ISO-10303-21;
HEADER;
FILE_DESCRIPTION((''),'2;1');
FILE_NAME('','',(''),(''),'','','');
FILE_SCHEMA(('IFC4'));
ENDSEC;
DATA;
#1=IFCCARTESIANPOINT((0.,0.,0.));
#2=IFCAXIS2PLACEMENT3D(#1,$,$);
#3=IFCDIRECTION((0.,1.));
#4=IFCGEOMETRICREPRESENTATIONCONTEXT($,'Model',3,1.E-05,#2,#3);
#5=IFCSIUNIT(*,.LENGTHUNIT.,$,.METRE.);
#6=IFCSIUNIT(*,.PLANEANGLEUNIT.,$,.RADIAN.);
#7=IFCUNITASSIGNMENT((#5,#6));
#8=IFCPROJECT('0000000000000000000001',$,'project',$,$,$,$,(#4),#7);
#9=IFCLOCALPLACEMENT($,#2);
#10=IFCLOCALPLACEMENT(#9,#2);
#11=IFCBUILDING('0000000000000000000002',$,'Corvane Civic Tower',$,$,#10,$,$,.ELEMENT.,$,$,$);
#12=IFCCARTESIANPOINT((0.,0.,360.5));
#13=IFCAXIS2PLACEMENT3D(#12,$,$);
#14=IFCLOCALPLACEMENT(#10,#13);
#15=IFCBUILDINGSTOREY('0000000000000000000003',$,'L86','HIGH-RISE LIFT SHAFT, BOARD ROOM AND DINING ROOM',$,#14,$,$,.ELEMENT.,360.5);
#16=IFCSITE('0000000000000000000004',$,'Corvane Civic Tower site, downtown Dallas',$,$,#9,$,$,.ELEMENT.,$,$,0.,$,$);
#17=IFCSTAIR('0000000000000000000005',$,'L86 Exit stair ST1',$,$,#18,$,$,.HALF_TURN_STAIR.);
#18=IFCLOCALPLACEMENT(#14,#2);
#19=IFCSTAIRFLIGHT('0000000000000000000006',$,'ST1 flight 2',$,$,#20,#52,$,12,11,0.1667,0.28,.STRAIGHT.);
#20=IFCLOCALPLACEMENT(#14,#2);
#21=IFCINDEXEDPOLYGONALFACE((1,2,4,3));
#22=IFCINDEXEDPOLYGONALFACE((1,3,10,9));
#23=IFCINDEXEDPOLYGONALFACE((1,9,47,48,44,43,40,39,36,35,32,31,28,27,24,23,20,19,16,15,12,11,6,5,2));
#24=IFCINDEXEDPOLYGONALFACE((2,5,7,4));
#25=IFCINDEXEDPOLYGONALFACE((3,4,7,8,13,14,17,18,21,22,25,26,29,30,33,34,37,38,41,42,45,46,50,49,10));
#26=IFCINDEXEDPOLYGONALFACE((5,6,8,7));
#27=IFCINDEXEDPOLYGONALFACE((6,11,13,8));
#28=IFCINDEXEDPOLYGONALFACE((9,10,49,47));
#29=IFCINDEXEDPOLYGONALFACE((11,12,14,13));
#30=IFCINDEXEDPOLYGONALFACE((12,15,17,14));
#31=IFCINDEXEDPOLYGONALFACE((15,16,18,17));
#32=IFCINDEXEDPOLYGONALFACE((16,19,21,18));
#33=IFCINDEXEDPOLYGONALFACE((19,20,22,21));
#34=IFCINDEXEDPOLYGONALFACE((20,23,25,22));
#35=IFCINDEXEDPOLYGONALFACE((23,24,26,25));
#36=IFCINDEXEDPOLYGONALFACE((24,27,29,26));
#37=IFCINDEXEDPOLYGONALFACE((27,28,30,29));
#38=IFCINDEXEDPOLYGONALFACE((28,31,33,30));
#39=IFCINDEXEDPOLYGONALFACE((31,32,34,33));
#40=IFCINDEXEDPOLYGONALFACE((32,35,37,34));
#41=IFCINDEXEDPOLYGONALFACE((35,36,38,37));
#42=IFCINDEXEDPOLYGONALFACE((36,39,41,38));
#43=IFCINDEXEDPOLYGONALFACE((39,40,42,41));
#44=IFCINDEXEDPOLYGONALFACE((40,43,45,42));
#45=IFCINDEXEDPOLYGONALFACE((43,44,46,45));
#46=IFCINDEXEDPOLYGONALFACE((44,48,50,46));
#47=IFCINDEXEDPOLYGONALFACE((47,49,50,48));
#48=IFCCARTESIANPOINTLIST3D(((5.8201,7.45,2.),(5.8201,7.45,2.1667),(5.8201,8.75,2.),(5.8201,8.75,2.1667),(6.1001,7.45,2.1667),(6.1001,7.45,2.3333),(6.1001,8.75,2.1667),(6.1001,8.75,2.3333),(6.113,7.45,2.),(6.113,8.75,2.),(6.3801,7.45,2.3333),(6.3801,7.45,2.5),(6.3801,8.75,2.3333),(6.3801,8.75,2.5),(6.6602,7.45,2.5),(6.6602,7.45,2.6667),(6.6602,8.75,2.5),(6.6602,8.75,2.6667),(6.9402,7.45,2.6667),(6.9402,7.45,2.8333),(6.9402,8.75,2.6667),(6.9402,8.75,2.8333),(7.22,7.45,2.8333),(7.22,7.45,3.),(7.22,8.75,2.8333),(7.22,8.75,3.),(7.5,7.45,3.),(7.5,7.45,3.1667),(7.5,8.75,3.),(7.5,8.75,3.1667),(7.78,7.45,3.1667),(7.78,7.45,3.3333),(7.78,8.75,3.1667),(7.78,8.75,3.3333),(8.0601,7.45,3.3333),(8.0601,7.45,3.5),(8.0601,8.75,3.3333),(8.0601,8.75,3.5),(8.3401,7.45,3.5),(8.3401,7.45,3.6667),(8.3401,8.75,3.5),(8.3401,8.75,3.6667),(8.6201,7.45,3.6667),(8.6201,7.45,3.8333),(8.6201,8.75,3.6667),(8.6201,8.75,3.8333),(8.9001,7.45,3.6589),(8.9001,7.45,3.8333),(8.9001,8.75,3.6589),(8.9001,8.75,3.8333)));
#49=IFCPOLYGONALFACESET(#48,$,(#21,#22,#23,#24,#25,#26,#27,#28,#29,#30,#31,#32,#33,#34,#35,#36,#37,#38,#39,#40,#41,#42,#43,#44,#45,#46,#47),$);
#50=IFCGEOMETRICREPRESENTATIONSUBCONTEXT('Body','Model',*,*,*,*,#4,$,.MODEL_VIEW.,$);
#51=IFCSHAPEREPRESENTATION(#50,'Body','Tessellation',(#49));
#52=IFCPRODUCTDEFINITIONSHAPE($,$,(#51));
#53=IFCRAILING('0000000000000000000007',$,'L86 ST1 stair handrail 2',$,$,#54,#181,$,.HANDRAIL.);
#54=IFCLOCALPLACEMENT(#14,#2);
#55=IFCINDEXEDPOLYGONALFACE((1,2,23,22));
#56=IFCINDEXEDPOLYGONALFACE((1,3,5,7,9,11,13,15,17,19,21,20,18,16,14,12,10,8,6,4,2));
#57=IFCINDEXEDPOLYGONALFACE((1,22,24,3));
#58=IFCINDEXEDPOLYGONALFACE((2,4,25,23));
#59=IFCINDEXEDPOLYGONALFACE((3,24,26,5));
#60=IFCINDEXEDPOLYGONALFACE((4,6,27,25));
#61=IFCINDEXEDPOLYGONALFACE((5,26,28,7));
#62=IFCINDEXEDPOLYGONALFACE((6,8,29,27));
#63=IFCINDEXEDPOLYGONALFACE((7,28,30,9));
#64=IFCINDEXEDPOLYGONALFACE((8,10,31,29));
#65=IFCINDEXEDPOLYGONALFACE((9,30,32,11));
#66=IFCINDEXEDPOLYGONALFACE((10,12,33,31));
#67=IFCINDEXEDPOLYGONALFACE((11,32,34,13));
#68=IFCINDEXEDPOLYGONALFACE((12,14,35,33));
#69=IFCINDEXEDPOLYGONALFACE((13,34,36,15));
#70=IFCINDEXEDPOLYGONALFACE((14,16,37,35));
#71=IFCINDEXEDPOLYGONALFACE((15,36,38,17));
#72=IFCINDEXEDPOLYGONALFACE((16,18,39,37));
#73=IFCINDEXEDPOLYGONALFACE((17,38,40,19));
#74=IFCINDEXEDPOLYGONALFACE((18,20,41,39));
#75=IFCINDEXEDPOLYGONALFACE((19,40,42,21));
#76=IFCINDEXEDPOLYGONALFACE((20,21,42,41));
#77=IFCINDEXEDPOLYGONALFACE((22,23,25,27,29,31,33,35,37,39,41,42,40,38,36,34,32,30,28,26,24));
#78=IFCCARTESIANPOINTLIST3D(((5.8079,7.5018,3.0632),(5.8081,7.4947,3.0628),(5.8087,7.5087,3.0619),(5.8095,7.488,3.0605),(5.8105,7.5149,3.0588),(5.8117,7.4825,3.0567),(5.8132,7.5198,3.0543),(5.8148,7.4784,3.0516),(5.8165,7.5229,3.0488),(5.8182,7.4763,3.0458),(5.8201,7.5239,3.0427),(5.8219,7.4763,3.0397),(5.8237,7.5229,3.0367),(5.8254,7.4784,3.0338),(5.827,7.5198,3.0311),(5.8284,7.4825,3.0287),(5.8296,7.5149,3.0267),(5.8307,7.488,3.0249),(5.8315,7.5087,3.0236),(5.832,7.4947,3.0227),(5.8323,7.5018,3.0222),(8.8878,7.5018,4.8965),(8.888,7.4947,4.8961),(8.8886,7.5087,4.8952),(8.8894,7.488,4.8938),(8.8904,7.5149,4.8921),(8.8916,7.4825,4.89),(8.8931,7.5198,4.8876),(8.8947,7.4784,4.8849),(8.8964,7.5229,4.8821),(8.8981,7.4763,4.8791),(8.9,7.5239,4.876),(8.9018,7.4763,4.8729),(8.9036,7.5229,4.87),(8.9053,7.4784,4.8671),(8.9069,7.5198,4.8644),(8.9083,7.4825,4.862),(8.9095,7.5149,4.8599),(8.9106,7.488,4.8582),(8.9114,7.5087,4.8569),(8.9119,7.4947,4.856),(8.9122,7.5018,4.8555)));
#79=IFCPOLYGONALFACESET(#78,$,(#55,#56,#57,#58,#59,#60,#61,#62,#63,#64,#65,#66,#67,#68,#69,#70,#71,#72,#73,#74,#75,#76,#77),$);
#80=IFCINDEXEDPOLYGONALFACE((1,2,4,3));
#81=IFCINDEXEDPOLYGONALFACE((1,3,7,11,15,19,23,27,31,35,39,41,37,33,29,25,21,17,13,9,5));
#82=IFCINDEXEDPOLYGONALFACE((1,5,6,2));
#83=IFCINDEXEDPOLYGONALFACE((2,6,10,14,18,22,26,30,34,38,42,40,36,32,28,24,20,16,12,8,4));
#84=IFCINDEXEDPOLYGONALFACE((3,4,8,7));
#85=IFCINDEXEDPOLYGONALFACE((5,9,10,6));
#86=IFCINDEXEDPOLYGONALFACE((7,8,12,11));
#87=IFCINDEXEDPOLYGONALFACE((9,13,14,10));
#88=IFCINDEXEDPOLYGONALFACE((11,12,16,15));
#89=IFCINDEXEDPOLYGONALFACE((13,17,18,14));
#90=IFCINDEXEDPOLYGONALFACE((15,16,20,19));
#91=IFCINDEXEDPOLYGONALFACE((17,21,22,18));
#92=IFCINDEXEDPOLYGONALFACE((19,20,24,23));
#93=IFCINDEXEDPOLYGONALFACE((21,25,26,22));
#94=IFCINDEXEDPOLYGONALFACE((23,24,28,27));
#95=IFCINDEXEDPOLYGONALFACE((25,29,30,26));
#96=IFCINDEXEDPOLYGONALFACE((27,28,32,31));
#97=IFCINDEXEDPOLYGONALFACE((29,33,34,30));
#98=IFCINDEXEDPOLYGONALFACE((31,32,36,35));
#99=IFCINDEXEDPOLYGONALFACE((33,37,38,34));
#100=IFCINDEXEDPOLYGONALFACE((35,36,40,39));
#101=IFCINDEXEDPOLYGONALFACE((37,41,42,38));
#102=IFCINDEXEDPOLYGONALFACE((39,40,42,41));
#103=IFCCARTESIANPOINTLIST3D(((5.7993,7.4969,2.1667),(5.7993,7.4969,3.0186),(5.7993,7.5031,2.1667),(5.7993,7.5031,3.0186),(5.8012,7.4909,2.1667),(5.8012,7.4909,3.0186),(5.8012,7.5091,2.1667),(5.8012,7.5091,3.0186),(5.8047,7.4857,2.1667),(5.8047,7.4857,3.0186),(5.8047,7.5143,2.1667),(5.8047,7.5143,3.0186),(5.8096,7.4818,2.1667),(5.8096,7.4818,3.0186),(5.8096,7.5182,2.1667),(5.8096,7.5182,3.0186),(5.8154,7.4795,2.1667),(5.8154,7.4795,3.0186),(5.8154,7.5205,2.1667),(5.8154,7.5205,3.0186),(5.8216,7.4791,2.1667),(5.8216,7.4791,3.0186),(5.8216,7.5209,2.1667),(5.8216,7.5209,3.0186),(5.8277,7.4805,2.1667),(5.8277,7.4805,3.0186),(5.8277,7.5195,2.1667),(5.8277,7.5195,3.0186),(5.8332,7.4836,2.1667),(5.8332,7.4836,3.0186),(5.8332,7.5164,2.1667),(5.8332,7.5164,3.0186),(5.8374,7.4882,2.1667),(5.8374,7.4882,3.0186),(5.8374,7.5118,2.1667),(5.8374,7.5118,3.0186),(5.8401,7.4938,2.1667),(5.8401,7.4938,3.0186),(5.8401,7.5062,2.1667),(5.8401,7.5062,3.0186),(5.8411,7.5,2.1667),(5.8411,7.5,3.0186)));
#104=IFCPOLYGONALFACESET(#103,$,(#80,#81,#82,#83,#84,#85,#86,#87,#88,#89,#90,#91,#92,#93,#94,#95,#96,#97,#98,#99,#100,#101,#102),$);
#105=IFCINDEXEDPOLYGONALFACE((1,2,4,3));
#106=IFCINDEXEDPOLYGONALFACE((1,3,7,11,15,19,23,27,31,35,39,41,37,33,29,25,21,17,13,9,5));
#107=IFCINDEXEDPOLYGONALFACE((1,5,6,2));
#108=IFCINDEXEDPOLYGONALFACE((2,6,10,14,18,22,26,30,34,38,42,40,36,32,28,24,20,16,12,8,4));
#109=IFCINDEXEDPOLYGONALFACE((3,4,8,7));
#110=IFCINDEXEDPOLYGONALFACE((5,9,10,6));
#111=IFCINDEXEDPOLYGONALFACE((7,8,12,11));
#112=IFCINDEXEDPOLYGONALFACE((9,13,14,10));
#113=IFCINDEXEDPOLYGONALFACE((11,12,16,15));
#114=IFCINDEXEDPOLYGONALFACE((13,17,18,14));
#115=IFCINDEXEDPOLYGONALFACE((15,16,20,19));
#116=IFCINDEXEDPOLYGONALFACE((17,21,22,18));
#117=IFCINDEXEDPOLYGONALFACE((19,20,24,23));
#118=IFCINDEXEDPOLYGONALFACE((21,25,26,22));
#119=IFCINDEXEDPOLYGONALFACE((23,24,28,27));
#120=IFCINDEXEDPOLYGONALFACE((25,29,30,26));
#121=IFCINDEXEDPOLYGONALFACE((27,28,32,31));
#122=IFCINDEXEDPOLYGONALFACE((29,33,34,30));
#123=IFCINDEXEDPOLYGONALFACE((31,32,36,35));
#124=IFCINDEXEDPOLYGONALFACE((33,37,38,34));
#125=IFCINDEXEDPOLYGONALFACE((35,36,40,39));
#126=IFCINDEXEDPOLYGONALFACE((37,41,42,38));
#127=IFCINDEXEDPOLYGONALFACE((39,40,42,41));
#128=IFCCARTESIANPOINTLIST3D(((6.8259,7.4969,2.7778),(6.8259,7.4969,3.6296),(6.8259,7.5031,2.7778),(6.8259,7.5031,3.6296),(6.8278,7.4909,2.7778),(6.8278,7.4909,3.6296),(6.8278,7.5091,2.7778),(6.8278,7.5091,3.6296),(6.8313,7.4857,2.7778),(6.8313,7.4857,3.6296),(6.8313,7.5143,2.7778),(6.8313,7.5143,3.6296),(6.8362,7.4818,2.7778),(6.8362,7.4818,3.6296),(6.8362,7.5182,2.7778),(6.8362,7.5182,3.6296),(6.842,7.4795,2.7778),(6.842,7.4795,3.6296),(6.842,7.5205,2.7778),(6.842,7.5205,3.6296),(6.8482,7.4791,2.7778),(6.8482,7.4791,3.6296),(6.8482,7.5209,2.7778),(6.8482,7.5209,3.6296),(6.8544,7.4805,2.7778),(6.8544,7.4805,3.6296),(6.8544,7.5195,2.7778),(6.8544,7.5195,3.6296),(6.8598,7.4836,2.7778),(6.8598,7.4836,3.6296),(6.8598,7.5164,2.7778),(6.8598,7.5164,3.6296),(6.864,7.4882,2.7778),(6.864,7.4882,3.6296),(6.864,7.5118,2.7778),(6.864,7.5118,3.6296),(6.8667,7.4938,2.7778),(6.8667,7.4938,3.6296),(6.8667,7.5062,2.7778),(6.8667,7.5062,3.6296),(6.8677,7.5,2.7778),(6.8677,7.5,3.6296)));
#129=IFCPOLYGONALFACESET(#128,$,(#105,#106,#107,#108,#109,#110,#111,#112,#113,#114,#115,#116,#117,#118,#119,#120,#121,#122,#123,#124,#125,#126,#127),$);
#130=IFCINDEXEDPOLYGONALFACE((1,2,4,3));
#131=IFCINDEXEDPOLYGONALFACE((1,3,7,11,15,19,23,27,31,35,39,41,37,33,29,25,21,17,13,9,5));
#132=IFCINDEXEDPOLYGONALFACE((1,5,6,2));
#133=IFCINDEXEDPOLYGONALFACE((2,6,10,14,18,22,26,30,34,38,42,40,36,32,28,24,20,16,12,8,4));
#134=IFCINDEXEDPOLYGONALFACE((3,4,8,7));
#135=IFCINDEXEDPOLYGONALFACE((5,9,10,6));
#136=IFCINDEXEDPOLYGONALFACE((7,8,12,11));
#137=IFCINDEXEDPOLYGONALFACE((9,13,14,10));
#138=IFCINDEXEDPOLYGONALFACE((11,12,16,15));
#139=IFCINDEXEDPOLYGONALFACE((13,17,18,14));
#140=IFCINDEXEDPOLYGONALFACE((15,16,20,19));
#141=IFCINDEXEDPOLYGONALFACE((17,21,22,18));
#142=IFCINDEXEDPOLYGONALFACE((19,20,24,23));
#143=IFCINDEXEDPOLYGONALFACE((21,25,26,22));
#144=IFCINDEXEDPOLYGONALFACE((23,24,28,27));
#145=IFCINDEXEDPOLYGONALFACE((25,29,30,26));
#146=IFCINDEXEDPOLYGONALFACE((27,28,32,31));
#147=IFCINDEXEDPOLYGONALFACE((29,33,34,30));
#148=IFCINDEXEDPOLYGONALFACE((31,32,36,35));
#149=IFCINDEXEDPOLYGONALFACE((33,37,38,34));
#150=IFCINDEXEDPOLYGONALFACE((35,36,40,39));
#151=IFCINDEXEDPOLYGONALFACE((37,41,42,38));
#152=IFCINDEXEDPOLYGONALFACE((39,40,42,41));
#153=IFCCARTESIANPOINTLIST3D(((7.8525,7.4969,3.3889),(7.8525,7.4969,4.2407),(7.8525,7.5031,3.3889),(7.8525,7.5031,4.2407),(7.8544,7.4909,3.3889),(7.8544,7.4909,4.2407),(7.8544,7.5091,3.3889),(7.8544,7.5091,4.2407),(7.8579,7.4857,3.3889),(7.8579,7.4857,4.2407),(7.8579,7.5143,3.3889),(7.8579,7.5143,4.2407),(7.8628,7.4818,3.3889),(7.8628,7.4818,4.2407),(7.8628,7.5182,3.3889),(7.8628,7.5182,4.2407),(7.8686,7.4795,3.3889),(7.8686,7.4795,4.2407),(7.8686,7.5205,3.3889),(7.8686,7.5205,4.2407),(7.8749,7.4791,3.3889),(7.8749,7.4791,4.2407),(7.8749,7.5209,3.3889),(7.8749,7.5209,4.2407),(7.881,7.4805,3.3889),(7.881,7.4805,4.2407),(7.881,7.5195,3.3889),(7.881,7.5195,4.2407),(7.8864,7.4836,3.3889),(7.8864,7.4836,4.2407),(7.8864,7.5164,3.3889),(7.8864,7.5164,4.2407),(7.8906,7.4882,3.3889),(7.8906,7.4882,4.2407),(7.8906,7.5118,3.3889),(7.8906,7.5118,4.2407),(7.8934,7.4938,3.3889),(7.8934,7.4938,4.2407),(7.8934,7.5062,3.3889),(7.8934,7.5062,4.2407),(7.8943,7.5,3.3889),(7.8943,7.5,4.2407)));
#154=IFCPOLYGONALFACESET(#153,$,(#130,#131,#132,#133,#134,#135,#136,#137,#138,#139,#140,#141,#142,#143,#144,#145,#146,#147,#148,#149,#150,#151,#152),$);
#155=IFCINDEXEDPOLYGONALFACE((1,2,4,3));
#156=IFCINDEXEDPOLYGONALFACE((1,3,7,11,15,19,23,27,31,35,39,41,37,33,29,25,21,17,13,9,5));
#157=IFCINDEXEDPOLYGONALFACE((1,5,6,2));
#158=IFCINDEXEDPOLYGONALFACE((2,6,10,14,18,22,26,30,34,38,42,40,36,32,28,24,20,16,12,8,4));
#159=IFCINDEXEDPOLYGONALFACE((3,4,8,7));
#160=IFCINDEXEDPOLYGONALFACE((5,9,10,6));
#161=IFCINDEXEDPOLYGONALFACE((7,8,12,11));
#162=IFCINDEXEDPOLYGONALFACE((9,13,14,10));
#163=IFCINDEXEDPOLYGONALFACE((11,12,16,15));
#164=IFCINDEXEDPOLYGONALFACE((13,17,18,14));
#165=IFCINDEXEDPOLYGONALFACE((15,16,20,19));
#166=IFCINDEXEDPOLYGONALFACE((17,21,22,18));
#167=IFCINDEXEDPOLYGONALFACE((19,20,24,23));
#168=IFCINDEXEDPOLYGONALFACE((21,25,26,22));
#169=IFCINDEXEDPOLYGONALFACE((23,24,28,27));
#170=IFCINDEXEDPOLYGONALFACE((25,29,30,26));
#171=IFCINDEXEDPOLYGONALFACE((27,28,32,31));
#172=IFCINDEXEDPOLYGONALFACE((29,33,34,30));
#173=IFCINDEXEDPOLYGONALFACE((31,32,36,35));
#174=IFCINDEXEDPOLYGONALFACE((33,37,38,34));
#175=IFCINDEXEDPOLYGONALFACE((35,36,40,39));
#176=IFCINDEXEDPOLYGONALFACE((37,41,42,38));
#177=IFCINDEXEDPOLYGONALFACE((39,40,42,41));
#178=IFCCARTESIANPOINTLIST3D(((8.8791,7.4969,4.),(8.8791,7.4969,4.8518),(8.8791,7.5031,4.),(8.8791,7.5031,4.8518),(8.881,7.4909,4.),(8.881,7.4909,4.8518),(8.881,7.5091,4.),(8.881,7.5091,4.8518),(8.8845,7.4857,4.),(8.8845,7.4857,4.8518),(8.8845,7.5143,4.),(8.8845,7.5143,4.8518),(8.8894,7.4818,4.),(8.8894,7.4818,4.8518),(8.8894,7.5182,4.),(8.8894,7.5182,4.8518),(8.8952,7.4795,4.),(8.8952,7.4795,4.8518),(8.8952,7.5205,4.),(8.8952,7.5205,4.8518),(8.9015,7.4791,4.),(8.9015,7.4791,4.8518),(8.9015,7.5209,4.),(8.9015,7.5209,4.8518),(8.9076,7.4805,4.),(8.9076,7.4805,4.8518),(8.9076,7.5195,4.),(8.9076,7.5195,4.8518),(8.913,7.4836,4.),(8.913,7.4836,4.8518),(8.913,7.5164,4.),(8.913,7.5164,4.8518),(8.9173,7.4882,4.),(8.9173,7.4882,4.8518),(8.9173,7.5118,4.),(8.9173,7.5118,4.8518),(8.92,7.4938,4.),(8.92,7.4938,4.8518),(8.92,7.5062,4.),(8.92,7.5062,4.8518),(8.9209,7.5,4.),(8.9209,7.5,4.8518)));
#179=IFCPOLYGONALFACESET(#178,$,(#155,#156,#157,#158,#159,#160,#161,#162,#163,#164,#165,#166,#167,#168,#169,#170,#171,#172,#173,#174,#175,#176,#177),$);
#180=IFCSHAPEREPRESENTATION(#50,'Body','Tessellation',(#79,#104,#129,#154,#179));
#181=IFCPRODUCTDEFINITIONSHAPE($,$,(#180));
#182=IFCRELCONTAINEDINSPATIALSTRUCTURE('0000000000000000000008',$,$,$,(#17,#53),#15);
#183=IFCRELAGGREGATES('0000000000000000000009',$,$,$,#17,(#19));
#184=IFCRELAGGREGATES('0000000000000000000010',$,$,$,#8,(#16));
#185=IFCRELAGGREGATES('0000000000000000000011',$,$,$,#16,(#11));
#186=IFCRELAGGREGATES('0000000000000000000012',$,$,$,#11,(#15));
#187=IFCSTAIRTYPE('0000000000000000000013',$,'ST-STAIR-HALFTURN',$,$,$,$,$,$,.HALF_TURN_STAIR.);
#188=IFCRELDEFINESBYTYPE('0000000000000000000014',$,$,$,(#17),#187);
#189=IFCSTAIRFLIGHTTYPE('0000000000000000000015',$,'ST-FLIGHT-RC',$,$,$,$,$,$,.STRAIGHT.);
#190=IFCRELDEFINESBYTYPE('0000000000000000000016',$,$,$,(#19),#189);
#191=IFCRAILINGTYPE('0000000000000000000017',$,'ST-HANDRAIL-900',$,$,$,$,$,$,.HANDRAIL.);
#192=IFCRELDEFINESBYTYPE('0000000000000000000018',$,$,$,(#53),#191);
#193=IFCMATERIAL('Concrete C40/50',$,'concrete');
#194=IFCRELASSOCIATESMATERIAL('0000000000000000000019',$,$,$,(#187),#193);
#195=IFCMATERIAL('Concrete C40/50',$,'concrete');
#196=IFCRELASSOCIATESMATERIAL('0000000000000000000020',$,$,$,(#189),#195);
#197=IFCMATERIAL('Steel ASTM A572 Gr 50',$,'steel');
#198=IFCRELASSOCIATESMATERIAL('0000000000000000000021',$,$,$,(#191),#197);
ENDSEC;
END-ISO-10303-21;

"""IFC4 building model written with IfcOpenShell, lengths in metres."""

from ifc_helpers import new_model, si_unit, direction, frame, origin, origin_2d, place, context, subcontext, project, spatial, polyline, circle, outline, extrude, material, type_object, element, aggregate, save


model = new_model("IFC4")

# Units and contexts
model_context = context("Model", 3, precision=1e-05, world=origin(), true_north=direction((0.0, 1.0)))
body_context = subcontext(model_context, "Body", "Model", "MODEL_VIEW")
ifc_project = project(units=[si_unit("LENGTHUNIT", "METRE"), si_unit("PLANEANGLEUNIT", "RADIAN")], contexts=[model_context])

# Site, building, storey
site_placement = place(None, origin())
site = spatial("IfcSite", under=ifc_project, at=site_placement, Name="Corvane Civic Tower site, downtown Dallas", CompositionType="ELEMENT", RefElevation=0.0)
building_placement = place(site_placement, origin())
building = spatial("IfcBuilding", under=site, at=building_placement, Name="Corvane Civic Tower", CompositionType="ELEMENT")
storey_placement = place(building_placement, frame((0.0, 0.0, 360.5)))
storey = spatial("IfcBuildingStorey", under=building, at=storey_placement, Name="L86", Description="HIGH-RISE LIFT SHAFT, BOARD ROOM AND DINING ROOM", CompositionType="ELEMENT", Elevation=360.5)

# Stair, stair flight
ifc_material_1 = material(Name="Concrete C40/50", Category="concrete")
stair_type = type_object("IfcStairType", Name="ST-STAIR-HALFTURN", PredefinedType="HALF_TURN_STAIR", material=ifc_material_1)
stair_placement = place(storey_placement, origin())
stair = element("IfcStair", 1, at=stair_placement, inside=storey, type_object=stair_type, Name="L86 Exit stair ST1", PredefinedType="HALF_TURN_STAIR")
ifc_material_2 = material(Name="Concrete C40/50", Category="concrete")
stair_flight_type = type_object("IfcStairFlightType", Name="ST-FLIGHT-RC", PredefinedType="STRAIGHT", material=ifc_material_2)
stair_flight_1_placement = place(storey_placement, frame((5.8201, 8.1001, 2.0), z_axis=(0.0, 0.0, 1.0), x_axis=(1.0, 0.0, 0.0)))
stair_flight_1 = element("IfcStairFlight", 2, at=stair_flight_1_placement, type_object=stair_flight_type, Name="ST1 flight 2", NumberOfRisers=12, NumberOfTreads=11, PredefinedType="STRAIGHT", RiserHeight=0.1667, TreadLength=0.28, context=body_context, shape_type="SweptSolid", body=[
    extrude(outline(polyline([(0.0, 0.0), (0.0, 0.1667), (0.28, 0.1667), (0.28, 0.3333), (0.5601, 0.3333), (0.5601, 0.5), (0.8401, 0.5), (0.8401, 0.6667), (1.1201, 0.6667), (1.1201, 0.8333), (1.3999, 0.8333), (1.3999, 1.0), (1.6799, 1.0), (1.6799, 1.1667), (1.96, 1.1667), (1.96, 1.3333), (2.24, 1.3333), (2.24, 1.5), (2.52, 1.5), (2.52, 1.6667), (2.8, 1.6667), (2.8, 1.8333), (3.0801, 1.8333), (3.0801, 2.0), (3.0801, 1.6589), (0.293, 0.0), (0.0, 0.0)])), frame((0.0, 0.6499, 0.0), z_axis=(0.0, -1.0, 0.0), x_axis=(1.0, 0.0, 0.0)), (0.0, 0.0, 1.0), 1.3),
])
aggregate(stair, [stair_flight_1])

# Railing
ifc_material_3 = material(Name="Steel ASTM A572 Gr 50", Category="steel")
railing_type_1 = type_object("IfcRailingType", Name="ST-HANDRAIL-900", PredefinedType="HANDRAIL", material=ifc_material_3)
railing_1_placement = place(storey_placement, frame((5.8201, 7.5, 2.1667)))
element("IfcRailing", 3, at=railing_1_placement, inside=storey, type_object=railing_type_1, Name="L86 ST1 stair handrail 2", PredefinedType="HANDRAIL", context=body_context, shape_type="SweptSolid", body=[
    extrude(circle(Radius=0.0239, at=origin_2d()), frame((0.0, 0.0, 0.876), z_axis=(0.859291, 0.0, 0.511487), x_axis=(0.0, 1.0, 0.0)), (0.0, 0.0, 1.0), 3.5842),
    extrude(circle(Radius=0.021, at=origin_2d()), origin(), (0.0, 0.0, 1.0), 0.8518),
    extrude(circle(Radius=0.021, at=origin_2d()), frame((1.0266, 0.0, 0.6111)), (0.0, 0.0, 1.0), 0.8518),
    extrude(circle(Radius=0.021, at=origin_2d()), frame((2.0532, 0.0, 1.2222)), (0.0, 0.0, 1.0), 0.8518),
    extrude(circle(Radius=0.021, at=origin_2d()), frame((3.0798, 0.0, 1.8333)), (0.0, 0.0, 1.0), 0.8518),
])

save(model, "model.ifc")
